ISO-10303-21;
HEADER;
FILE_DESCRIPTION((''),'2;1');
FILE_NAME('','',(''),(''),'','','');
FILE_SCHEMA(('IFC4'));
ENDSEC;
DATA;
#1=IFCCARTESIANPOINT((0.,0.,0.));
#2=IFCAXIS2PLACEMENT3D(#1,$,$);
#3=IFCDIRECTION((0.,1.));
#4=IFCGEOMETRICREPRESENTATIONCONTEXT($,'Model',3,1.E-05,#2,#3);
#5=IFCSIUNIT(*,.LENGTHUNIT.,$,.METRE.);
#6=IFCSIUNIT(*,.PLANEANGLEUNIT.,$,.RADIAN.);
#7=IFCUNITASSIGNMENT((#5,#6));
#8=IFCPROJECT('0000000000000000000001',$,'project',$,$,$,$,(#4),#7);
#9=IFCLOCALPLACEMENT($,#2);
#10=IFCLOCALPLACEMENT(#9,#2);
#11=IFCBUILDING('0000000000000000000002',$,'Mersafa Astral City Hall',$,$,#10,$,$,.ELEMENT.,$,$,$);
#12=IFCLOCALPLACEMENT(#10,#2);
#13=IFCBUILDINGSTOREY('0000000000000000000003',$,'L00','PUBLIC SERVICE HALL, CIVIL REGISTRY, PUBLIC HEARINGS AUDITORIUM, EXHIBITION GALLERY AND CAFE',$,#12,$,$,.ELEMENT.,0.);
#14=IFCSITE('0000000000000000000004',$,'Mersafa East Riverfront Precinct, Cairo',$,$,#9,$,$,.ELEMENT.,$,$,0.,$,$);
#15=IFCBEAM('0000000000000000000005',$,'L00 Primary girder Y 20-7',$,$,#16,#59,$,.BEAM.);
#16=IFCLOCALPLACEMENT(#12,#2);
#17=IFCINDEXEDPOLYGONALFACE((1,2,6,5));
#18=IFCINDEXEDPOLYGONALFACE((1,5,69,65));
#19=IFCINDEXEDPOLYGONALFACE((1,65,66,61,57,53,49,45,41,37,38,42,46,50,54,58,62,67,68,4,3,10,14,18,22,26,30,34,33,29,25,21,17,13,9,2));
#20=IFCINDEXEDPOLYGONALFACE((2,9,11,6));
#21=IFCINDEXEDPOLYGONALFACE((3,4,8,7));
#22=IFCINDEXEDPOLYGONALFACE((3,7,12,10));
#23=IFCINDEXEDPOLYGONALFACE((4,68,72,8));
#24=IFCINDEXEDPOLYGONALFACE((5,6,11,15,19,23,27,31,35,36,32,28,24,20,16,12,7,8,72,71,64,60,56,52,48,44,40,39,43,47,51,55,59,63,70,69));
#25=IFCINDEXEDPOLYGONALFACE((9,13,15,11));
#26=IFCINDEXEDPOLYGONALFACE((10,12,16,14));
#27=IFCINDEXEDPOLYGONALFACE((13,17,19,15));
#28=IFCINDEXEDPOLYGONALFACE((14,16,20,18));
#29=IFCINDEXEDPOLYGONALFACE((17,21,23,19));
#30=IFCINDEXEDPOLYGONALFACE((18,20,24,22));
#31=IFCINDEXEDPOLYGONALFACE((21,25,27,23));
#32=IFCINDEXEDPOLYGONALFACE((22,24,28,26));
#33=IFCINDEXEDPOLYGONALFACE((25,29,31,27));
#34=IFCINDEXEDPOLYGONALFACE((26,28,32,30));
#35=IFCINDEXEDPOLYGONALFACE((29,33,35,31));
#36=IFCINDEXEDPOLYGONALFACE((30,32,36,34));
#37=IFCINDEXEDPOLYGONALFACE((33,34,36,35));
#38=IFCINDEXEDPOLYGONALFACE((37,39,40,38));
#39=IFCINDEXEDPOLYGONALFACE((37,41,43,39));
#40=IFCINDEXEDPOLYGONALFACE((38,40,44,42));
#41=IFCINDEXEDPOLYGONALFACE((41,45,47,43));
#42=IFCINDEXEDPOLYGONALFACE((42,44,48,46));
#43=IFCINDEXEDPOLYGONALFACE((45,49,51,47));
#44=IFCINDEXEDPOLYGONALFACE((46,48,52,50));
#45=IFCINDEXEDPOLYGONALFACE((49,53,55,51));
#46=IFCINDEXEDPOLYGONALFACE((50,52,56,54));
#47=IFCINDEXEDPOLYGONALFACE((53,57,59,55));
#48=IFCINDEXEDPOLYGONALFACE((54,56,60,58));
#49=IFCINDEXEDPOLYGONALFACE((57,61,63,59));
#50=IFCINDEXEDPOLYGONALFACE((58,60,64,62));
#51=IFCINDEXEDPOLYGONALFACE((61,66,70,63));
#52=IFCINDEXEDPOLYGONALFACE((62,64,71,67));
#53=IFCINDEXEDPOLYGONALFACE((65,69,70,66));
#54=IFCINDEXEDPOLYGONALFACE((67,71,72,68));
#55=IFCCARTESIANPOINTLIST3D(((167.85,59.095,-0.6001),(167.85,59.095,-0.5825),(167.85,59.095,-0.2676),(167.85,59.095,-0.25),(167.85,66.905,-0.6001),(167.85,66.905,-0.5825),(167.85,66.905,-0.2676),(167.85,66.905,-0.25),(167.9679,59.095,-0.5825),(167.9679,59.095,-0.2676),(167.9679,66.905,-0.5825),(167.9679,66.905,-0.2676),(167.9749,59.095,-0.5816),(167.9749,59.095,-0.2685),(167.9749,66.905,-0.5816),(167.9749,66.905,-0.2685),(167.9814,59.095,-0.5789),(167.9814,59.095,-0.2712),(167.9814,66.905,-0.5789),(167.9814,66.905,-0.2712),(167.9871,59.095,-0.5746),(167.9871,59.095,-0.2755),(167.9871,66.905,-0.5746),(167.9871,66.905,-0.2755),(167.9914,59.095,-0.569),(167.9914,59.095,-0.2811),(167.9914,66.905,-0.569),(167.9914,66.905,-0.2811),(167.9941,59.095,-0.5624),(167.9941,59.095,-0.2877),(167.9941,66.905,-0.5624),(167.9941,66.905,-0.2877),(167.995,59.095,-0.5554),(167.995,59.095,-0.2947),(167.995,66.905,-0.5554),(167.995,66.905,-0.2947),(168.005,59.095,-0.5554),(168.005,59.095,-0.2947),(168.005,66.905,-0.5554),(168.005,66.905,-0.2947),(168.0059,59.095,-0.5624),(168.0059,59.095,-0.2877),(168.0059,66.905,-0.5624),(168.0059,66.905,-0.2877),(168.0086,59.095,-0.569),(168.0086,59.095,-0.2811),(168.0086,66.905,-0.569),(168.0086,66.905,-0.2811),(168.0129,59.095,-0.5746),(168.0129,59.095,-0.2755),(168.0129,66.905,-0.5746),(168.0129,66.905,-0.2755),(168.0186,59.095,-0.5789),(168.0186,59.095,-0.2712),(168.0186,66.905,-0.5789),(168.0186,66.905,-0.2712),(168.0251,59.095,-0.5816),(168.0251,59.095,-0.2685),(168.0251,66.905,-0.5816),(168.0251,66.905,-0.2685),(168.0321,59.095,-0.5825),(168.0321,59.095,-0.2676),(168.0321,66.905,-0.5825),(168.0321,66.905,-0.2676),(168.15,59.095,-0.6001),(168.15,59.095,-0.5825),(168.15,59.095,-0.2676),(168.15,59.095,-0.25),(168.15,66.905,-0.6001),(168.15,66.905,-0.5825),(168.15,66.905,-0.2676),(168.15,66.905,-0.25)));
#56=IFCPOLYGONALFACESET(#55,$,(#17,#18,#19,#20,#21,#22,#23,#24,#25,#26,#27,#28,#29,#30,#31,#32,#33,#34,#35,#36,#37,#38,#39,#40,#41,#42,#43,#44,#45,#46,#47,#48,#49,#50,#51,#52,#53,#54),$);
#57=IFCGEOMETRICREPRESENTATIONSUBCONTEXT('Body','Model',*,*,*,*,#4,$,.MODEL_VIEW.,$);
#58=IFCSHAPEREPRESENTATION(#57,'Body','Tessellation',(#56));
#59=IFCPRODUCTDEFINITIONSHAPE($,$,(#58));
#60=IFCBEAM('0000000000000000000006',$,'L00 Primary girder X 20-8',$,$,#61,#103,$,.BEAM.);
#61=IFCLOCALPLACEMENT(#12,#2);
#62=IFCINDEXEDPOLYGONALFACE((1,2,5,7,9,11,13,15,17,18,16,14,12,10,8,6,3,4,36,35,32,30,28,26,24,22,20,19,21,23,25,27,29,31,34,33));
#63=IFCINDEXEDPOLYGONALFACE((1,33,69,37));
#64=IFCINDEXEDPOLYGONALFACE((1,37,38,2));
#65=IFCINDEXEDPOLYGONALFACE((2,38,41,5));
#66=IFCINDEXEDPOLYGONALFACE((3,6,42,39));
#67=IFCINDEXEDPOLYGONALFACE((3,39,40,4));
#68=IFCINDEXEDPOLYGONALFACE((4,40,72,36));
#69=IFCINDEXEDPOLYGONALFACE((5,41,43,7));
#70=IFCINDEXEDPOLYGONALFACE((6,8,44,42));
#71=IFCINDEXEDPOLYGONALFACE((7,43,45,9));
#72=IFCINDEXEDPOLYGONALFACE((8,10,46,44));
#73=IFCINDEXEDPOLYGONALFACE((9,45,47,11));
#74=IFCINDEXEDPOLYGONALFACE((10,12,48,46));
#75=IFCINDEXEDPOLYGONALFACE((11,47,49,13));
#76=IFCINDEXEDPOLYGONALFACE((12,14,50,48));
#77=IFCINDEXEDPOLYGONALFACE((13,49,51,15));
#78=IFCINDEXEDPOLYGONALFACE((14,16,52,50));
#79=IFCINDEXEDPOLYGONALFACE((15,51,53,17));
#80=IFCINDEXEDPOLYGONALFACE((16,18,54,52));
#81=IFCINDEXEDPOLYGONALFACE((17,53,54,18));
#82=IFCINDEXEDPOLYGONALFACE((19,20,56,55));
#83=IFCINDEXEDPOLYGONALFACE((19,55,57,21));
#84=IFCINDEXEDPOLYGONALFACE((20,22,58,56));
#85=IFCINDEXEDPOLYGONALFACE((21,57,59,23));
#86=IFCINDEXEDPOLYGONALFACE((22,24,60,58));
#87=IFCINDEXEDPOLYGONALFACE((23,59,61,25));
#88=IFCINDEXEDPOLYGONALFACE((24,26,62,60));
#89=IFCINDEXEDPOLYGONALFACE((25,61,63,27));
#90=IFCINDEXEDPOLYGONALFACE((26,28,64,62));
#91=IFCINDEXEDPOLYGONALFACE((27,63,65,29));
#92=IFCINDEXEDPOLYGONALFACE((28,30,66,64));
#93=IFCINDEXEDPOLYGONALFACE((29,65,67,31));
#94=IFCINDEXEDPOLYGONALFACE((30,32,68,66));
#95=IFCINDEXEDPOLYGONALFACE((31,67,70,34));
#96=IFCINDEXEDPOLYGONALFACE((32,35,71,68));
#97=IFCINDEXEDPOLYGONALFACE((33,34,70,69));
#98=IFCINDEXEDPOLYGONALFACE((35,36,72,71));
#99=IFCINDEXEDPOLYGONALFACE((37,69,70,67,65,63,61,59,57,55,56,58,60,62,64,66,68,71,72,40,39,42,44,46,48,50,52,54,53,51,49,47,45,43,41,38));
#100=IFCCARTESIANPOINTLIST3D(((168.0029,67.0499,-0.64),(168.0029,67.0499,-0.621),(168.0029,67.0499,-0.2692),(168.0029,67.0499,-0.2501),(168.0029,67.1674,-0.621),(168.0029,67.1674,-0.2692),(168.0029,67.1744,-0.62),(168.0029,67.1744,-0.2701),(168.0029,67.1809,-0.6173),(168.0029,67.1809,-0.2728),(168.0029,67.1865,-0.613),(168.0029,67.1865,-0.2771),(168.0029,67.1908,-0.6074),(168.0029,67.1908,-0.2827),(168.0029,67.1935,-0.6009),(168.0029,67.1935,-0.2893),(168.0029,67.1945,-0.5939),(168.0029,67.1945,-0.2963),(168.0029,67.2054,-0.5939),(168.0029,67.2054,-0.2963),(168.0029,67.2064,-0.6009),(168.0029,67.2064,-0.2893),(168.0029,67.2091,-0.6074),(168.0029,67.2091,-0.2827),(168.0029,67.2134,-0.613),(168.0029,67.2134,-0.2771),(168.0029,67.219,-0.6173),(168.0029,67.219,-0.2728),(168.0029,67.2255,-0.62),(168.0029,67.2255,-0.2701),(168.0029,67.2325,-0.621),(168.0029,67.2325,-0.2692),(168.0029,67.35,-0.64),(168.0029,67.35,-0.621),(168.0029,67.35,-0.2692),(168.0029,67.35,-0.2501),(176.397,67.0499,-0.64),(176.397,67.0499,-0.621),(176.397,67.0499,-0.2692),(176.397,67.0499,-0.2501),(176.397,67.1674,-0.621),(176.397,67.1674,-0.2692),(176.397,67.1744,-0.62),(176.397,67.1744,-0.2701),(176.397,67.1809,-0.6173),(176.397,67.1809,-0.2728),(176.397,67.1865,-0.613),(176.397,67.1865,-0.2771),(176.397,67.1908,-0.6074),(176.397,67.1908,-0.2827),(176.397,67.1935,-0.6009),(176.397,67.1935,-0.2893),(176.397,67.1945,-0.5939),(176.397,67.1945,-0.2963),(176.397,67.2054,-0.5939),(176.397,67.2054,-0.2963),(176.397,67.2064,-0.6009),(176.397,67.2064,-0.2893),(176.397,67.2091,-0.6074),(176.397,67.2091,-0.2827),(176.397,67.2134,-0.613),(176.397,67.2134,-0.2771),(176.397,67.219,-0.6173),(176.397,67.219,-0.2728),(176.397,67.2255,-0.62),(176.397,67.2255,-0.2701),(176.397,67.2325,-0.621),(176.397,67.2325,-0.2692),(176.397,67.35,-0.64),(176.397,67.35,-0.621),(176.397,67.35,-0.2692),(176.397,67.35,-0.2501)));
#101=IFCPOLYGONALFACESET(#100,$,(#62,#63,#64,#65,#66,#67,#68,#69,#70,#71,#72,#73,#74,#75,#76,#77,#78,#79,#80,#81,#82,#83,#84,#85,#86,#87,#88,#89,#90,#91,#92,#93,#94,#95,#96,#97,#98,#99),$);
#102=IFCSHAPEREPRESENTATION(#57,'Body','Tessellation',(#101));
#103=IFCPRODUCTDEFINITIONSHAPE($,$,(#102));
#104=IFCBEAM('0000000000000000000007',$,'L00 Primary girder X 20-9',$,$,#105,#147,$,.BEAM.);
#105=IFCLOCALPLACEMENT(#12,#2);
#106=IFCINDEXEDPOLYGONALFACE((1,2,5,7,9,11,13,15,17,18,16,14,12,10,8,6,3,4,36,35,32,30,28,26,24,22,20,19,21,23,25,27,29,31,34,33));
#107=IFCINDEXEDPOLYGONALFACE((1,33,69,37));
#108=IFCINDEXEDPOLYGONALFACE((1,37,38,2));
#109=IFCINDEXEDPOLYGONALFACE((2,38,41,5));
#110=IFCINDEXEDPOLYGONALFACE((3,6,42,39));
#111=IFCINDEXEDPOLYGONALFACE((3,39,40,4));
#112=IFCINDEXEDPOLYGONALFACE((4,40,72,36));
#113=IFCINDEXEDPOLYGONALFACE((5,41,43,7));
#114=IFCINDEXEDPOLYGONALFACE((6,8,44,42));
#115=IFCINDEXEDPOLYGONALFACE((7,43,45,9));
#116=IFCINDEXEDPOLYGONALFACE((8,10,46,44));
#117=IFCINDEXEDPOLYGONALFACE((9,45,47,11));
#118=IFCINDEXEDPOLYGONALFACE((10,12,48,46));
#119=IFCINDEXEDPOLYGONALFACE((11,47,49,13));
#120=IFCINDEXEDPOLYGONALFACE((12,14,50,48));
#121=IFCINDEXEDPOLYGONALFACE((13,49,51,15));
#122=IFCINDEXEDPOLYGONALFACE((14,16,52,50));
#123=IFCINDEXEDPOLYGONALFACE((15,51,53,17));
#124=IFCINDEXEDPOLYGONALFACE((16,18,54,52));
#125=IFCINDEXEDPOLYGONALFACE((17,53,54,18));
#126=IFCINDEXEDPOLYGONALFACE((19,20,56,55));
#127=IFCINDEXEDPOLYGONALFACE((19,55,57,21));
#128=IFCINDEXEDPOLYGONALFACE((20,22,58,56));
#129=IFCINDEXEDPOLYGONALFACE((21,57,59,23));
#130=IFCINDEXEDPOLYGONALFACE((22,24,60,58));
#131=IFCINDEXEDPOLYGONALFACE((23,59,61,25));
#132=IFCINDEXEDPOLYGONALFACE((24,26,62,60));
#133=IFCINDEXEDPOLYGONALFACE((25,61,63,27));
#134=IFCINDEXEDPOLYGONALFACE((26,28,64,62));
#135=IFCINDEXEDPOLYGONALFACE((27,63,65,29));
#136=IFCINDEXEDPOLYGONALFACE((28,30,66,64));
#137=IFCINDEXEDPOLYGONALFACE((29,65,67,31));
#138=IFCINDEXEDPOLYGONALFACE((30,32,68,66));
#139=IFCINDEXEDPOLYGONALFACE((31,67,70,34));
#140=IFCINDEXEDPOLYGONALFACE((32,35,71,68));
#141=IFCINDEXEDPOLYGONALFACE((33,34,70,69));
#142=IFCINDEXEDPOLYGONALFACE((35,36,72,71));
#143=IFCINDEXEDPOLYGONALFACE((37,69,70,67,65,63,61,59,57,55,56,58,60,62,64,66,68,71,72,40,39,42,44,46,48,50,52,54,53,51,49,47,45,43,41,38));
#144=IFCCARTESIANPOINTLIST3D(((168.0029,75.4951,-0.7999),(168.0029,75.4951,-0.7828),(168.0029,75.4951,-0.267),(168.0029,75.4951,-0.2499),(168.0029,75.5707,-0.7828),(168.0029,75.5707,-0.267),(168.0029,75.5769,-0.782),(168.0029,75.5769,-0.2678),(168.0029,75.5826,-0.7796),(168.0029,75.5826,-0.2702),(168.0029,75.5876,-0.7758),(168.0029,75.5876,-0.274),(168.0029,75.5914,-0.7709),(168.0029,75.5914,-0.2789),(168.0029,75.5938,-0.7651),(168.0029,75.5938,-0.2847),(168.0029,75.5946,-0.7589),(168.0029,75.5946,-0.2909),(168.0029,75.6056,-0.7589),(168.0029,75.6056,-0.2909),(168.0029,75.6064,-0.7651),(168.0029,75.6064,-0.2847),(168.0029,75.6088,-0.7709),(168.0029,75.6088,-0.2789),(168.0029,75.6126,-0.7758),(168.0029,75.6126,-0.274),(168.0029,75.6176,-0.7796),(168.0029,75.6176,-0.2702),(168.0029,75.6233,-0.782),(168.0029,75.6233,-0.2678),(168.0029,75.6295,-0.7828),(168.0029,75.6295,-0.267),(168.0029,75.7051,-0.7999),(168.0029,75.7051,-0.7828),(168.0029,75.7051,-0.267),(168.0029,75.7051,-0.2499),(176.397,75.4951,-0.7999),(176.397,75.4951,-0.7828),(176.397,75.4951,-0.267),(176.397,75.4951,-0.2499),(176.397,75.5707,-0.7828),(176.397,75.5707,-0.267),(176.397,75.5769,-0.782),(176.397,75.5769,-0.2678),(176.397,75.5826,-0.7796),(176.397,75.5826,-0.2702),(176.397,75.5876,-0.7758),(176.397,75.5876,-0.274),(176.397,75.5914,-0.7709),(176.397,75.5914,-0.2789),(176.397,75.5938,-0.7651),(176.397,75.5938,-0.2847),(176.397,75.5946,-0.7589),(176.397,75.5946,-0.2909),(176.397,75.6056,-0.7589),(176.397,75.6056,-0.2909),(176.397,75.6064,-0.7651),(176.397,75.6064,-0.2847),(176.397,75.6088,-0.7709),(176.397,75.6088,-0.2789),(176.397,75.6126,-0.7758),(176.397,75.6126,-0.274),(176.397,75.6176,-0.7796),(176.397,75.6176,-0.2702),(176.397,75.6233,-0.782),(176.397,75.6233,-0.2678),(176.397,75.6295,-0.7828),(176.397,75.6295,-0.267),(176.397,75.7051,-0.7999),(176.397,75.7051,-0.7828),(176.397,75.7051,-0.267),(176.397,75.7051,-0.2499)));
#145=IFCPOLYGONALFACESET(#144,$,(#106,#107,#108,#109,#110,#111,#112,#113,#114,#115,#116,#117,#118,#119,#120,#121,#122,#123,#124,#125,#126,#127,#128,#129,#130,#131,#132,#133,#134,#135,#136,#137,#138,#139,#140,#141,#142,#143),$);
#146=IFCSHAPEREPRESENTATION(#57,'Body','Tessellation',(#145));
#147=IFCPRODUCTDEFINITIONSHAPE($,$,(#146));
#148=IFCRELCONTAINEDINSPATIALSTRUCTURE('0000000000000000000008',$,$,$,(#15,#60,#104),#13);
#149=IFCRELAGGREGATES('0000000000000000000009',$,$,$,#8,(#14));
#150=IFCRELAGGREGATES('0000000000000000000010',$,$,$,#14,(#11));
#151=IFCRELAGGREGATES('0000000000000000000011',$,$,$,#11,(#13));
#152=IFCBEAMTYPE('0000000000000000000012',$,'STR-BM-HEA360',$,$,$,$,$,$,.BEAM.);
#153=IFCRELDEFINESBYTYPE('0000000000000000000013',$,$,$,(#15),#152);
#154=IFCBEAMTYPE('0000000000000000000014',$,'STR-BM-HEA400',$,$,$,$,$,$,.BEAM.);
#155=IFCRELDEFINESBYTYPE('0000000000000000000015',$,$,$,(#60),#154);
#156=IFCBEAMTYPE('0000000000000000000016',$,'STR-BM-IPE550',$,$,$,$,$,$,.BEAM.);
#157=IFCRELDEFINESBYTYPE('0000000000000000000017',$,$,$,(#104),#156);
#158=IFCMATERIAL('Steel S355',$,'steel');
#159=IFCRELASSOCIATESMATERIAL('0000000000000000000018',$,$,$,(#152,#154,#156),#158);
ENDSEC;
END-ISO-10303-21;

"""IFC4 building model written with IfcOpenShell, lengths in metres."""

from ifc_helpers import new_model, si_unit, direction, frame, origin, origin_2d, place, context, subcontext, project, spatial, i_section, extrude, material, material_profile, profile_set, type_object, element, save


model = new_model("IFC4")

# Units and contexts
model_context = context("Model", 3, precision=1e-05, world=origin(), true_north=direction((0.0, 1.0)))
body_context = subcontext(model_context, "Body", "Model", "MODEL_VIEW")
ifc_project = project(units=[si_unit("LENGTHUNIT", "METRE"), si_unit("PLANEANGLEUNIT", "RADIAN")], contexts=[model_context])

# Site, building, storey
site_placement = place(None, origin())
site = spatial("IfcSite", under=ifc_project, at=site_placement, Name="Mersafa East Riverfront Precinct, Cairo", CompositionType="ELEMENT", RefElevation=0.0)
building_placement = place(site_placement, origin())
building = spatial("IfcBuilding", under=site, at=building_placement, Name="Mersafa Astral City Hall", CompositionType="ELEMENT")
storey_placement = place(building_placement, origin())
storey = spatial("IfcBuildingStorey", under=building, at=storey_placement, Name="L00", Description="PUBLIC SERVICE HALL, CIVIL REGISTRY, PUBLIC HEARINGS AUDITORIUM, EXHIBITION GALLERY AND CAFE", CompositionType="ELEMENT", Elevation=0.0)

# Shared definitions
ifc_material_1 = material(Name="Steel S355", Category="steel")

# Beams
ifc_material_profile_1 = material_profile(ifc_material_1, i_section(OverallWidth=0.3, OverallDepth=0.3501, WebThickness=0.01, FlangeThickness=0.0176, FilletRadius=0.0271, at=origin_2d()), Name="HEA 360")
ifc_profile_set_1 = profile_set([ifc_material_profile_1], Name="Steel S355")
beam_type_1 = type_object("IfcBeamType", Name="STR-BM-HEA360", PredefinedType="BEAM", material=ifc_profile_set_1)
beam_1_placement = place(storey_placement, frame((168.0, 59.095, -0.425), z_axis=(0.0, 1.0, 0.0), x_axis=(-1.0, 0.0, 0.0)))
element("IfcBeam", 1, at=beam_1_placement, inside=storey, type_object=beam_type_1, Name="L00 Primary girder Y 20-7", PredefinedType="BEAM", context=body_context, shape_type="SweptSolid", body=[
    extrude(i_section(OverallWidth=0.3, OverallDepth=0.3501, WebThickness=0.01, FlangeThickness=0.0176, FilletRadius=0.0271, at=origin_2d()), origin(), (0.0, 0.0, 1.0), 7.8101),
])
ifc_material_profile_2 = material_profile(ifc_material_1, i_section(OverallWidth=0.3, OverallDepth=0.3899, WebThickness=0.011, FlangeThickness=0.019, FilletRadius=0.0271, at=origin_2d()), Name="HEA 400")
ifc_profile_set_2 = profile_set([ifc_material_profile_2], Name="Steel S355")
beam_type_2 = type_object("IfcBeamType", Name="STR-BM-HEA400", PredefinedType="BEAM", material=ifc_profile_set_2)
beam_2_placement = place(storey_placement, frame((168.0029, 67.2, -0.4451), z_axis=(1.0, 0.0, 0.0), x_axis=(0.0, 1.0, 0.0)))
element("IfcBeam", 2, at=beam_2_placement, inside=storey, type_object=beam_type_2, Name="L00 Primary girder X 20-8", PredefinedType="BEAM", context=body_context, shape_type="SweptSolid", body=[
    extrude(i_section(OverallWidth=0.3, OverallDepth=0.3899, WebThickness=0.011, FlangeThickness=0.019, FilletRadius=0.0271, at=origin_2d()), origin(), (0.0, 0.0, 1.0), 8.394),
])
ifc_material_profile_3 = material_profile(ifc_material_1, i_section(OverallWidth=0.21, OverallDepth=0.55, WebThickness=0.011, FlangeThickness=0.0171, FilletRadius=0.0239, at=origin_2d()), Name="IPE 550")
ifc_profile_set_3 = profile_set([ifc_material_profile_3], Name="Steel S355")
beam_type_3 = type_object("IfcBeamType", Name="STR-BM-IPE550", PredefinedType="BEAM", material=ifc_profile_set_3)
beam_3_placement = place(storey_placement, frame((168.0029, 75.6001, -0.5249), z_axis=(1.0, 0.0, 0.0), x_axis=(0.0, 1.0, 0.0)))
element("IfcBeam", 3, at=beam_3_placement, inside=storey, type_object=beam_type_3, Name="L00 Primary girder X 20-9", PredefinedType="BEAM", context=body_context, shape_type="SweptSolid", body=[
    extrude(i_section(OverallWidth=0.21, OverallDepth=0.55, WebThickness=0.011, FlangeThickness=0.0171, FilletRadius=0.0239, at=origin_2d()), origin(), (0.0, 0.0, 1.0), 8.394),
])

save(model, "model.ifc")
